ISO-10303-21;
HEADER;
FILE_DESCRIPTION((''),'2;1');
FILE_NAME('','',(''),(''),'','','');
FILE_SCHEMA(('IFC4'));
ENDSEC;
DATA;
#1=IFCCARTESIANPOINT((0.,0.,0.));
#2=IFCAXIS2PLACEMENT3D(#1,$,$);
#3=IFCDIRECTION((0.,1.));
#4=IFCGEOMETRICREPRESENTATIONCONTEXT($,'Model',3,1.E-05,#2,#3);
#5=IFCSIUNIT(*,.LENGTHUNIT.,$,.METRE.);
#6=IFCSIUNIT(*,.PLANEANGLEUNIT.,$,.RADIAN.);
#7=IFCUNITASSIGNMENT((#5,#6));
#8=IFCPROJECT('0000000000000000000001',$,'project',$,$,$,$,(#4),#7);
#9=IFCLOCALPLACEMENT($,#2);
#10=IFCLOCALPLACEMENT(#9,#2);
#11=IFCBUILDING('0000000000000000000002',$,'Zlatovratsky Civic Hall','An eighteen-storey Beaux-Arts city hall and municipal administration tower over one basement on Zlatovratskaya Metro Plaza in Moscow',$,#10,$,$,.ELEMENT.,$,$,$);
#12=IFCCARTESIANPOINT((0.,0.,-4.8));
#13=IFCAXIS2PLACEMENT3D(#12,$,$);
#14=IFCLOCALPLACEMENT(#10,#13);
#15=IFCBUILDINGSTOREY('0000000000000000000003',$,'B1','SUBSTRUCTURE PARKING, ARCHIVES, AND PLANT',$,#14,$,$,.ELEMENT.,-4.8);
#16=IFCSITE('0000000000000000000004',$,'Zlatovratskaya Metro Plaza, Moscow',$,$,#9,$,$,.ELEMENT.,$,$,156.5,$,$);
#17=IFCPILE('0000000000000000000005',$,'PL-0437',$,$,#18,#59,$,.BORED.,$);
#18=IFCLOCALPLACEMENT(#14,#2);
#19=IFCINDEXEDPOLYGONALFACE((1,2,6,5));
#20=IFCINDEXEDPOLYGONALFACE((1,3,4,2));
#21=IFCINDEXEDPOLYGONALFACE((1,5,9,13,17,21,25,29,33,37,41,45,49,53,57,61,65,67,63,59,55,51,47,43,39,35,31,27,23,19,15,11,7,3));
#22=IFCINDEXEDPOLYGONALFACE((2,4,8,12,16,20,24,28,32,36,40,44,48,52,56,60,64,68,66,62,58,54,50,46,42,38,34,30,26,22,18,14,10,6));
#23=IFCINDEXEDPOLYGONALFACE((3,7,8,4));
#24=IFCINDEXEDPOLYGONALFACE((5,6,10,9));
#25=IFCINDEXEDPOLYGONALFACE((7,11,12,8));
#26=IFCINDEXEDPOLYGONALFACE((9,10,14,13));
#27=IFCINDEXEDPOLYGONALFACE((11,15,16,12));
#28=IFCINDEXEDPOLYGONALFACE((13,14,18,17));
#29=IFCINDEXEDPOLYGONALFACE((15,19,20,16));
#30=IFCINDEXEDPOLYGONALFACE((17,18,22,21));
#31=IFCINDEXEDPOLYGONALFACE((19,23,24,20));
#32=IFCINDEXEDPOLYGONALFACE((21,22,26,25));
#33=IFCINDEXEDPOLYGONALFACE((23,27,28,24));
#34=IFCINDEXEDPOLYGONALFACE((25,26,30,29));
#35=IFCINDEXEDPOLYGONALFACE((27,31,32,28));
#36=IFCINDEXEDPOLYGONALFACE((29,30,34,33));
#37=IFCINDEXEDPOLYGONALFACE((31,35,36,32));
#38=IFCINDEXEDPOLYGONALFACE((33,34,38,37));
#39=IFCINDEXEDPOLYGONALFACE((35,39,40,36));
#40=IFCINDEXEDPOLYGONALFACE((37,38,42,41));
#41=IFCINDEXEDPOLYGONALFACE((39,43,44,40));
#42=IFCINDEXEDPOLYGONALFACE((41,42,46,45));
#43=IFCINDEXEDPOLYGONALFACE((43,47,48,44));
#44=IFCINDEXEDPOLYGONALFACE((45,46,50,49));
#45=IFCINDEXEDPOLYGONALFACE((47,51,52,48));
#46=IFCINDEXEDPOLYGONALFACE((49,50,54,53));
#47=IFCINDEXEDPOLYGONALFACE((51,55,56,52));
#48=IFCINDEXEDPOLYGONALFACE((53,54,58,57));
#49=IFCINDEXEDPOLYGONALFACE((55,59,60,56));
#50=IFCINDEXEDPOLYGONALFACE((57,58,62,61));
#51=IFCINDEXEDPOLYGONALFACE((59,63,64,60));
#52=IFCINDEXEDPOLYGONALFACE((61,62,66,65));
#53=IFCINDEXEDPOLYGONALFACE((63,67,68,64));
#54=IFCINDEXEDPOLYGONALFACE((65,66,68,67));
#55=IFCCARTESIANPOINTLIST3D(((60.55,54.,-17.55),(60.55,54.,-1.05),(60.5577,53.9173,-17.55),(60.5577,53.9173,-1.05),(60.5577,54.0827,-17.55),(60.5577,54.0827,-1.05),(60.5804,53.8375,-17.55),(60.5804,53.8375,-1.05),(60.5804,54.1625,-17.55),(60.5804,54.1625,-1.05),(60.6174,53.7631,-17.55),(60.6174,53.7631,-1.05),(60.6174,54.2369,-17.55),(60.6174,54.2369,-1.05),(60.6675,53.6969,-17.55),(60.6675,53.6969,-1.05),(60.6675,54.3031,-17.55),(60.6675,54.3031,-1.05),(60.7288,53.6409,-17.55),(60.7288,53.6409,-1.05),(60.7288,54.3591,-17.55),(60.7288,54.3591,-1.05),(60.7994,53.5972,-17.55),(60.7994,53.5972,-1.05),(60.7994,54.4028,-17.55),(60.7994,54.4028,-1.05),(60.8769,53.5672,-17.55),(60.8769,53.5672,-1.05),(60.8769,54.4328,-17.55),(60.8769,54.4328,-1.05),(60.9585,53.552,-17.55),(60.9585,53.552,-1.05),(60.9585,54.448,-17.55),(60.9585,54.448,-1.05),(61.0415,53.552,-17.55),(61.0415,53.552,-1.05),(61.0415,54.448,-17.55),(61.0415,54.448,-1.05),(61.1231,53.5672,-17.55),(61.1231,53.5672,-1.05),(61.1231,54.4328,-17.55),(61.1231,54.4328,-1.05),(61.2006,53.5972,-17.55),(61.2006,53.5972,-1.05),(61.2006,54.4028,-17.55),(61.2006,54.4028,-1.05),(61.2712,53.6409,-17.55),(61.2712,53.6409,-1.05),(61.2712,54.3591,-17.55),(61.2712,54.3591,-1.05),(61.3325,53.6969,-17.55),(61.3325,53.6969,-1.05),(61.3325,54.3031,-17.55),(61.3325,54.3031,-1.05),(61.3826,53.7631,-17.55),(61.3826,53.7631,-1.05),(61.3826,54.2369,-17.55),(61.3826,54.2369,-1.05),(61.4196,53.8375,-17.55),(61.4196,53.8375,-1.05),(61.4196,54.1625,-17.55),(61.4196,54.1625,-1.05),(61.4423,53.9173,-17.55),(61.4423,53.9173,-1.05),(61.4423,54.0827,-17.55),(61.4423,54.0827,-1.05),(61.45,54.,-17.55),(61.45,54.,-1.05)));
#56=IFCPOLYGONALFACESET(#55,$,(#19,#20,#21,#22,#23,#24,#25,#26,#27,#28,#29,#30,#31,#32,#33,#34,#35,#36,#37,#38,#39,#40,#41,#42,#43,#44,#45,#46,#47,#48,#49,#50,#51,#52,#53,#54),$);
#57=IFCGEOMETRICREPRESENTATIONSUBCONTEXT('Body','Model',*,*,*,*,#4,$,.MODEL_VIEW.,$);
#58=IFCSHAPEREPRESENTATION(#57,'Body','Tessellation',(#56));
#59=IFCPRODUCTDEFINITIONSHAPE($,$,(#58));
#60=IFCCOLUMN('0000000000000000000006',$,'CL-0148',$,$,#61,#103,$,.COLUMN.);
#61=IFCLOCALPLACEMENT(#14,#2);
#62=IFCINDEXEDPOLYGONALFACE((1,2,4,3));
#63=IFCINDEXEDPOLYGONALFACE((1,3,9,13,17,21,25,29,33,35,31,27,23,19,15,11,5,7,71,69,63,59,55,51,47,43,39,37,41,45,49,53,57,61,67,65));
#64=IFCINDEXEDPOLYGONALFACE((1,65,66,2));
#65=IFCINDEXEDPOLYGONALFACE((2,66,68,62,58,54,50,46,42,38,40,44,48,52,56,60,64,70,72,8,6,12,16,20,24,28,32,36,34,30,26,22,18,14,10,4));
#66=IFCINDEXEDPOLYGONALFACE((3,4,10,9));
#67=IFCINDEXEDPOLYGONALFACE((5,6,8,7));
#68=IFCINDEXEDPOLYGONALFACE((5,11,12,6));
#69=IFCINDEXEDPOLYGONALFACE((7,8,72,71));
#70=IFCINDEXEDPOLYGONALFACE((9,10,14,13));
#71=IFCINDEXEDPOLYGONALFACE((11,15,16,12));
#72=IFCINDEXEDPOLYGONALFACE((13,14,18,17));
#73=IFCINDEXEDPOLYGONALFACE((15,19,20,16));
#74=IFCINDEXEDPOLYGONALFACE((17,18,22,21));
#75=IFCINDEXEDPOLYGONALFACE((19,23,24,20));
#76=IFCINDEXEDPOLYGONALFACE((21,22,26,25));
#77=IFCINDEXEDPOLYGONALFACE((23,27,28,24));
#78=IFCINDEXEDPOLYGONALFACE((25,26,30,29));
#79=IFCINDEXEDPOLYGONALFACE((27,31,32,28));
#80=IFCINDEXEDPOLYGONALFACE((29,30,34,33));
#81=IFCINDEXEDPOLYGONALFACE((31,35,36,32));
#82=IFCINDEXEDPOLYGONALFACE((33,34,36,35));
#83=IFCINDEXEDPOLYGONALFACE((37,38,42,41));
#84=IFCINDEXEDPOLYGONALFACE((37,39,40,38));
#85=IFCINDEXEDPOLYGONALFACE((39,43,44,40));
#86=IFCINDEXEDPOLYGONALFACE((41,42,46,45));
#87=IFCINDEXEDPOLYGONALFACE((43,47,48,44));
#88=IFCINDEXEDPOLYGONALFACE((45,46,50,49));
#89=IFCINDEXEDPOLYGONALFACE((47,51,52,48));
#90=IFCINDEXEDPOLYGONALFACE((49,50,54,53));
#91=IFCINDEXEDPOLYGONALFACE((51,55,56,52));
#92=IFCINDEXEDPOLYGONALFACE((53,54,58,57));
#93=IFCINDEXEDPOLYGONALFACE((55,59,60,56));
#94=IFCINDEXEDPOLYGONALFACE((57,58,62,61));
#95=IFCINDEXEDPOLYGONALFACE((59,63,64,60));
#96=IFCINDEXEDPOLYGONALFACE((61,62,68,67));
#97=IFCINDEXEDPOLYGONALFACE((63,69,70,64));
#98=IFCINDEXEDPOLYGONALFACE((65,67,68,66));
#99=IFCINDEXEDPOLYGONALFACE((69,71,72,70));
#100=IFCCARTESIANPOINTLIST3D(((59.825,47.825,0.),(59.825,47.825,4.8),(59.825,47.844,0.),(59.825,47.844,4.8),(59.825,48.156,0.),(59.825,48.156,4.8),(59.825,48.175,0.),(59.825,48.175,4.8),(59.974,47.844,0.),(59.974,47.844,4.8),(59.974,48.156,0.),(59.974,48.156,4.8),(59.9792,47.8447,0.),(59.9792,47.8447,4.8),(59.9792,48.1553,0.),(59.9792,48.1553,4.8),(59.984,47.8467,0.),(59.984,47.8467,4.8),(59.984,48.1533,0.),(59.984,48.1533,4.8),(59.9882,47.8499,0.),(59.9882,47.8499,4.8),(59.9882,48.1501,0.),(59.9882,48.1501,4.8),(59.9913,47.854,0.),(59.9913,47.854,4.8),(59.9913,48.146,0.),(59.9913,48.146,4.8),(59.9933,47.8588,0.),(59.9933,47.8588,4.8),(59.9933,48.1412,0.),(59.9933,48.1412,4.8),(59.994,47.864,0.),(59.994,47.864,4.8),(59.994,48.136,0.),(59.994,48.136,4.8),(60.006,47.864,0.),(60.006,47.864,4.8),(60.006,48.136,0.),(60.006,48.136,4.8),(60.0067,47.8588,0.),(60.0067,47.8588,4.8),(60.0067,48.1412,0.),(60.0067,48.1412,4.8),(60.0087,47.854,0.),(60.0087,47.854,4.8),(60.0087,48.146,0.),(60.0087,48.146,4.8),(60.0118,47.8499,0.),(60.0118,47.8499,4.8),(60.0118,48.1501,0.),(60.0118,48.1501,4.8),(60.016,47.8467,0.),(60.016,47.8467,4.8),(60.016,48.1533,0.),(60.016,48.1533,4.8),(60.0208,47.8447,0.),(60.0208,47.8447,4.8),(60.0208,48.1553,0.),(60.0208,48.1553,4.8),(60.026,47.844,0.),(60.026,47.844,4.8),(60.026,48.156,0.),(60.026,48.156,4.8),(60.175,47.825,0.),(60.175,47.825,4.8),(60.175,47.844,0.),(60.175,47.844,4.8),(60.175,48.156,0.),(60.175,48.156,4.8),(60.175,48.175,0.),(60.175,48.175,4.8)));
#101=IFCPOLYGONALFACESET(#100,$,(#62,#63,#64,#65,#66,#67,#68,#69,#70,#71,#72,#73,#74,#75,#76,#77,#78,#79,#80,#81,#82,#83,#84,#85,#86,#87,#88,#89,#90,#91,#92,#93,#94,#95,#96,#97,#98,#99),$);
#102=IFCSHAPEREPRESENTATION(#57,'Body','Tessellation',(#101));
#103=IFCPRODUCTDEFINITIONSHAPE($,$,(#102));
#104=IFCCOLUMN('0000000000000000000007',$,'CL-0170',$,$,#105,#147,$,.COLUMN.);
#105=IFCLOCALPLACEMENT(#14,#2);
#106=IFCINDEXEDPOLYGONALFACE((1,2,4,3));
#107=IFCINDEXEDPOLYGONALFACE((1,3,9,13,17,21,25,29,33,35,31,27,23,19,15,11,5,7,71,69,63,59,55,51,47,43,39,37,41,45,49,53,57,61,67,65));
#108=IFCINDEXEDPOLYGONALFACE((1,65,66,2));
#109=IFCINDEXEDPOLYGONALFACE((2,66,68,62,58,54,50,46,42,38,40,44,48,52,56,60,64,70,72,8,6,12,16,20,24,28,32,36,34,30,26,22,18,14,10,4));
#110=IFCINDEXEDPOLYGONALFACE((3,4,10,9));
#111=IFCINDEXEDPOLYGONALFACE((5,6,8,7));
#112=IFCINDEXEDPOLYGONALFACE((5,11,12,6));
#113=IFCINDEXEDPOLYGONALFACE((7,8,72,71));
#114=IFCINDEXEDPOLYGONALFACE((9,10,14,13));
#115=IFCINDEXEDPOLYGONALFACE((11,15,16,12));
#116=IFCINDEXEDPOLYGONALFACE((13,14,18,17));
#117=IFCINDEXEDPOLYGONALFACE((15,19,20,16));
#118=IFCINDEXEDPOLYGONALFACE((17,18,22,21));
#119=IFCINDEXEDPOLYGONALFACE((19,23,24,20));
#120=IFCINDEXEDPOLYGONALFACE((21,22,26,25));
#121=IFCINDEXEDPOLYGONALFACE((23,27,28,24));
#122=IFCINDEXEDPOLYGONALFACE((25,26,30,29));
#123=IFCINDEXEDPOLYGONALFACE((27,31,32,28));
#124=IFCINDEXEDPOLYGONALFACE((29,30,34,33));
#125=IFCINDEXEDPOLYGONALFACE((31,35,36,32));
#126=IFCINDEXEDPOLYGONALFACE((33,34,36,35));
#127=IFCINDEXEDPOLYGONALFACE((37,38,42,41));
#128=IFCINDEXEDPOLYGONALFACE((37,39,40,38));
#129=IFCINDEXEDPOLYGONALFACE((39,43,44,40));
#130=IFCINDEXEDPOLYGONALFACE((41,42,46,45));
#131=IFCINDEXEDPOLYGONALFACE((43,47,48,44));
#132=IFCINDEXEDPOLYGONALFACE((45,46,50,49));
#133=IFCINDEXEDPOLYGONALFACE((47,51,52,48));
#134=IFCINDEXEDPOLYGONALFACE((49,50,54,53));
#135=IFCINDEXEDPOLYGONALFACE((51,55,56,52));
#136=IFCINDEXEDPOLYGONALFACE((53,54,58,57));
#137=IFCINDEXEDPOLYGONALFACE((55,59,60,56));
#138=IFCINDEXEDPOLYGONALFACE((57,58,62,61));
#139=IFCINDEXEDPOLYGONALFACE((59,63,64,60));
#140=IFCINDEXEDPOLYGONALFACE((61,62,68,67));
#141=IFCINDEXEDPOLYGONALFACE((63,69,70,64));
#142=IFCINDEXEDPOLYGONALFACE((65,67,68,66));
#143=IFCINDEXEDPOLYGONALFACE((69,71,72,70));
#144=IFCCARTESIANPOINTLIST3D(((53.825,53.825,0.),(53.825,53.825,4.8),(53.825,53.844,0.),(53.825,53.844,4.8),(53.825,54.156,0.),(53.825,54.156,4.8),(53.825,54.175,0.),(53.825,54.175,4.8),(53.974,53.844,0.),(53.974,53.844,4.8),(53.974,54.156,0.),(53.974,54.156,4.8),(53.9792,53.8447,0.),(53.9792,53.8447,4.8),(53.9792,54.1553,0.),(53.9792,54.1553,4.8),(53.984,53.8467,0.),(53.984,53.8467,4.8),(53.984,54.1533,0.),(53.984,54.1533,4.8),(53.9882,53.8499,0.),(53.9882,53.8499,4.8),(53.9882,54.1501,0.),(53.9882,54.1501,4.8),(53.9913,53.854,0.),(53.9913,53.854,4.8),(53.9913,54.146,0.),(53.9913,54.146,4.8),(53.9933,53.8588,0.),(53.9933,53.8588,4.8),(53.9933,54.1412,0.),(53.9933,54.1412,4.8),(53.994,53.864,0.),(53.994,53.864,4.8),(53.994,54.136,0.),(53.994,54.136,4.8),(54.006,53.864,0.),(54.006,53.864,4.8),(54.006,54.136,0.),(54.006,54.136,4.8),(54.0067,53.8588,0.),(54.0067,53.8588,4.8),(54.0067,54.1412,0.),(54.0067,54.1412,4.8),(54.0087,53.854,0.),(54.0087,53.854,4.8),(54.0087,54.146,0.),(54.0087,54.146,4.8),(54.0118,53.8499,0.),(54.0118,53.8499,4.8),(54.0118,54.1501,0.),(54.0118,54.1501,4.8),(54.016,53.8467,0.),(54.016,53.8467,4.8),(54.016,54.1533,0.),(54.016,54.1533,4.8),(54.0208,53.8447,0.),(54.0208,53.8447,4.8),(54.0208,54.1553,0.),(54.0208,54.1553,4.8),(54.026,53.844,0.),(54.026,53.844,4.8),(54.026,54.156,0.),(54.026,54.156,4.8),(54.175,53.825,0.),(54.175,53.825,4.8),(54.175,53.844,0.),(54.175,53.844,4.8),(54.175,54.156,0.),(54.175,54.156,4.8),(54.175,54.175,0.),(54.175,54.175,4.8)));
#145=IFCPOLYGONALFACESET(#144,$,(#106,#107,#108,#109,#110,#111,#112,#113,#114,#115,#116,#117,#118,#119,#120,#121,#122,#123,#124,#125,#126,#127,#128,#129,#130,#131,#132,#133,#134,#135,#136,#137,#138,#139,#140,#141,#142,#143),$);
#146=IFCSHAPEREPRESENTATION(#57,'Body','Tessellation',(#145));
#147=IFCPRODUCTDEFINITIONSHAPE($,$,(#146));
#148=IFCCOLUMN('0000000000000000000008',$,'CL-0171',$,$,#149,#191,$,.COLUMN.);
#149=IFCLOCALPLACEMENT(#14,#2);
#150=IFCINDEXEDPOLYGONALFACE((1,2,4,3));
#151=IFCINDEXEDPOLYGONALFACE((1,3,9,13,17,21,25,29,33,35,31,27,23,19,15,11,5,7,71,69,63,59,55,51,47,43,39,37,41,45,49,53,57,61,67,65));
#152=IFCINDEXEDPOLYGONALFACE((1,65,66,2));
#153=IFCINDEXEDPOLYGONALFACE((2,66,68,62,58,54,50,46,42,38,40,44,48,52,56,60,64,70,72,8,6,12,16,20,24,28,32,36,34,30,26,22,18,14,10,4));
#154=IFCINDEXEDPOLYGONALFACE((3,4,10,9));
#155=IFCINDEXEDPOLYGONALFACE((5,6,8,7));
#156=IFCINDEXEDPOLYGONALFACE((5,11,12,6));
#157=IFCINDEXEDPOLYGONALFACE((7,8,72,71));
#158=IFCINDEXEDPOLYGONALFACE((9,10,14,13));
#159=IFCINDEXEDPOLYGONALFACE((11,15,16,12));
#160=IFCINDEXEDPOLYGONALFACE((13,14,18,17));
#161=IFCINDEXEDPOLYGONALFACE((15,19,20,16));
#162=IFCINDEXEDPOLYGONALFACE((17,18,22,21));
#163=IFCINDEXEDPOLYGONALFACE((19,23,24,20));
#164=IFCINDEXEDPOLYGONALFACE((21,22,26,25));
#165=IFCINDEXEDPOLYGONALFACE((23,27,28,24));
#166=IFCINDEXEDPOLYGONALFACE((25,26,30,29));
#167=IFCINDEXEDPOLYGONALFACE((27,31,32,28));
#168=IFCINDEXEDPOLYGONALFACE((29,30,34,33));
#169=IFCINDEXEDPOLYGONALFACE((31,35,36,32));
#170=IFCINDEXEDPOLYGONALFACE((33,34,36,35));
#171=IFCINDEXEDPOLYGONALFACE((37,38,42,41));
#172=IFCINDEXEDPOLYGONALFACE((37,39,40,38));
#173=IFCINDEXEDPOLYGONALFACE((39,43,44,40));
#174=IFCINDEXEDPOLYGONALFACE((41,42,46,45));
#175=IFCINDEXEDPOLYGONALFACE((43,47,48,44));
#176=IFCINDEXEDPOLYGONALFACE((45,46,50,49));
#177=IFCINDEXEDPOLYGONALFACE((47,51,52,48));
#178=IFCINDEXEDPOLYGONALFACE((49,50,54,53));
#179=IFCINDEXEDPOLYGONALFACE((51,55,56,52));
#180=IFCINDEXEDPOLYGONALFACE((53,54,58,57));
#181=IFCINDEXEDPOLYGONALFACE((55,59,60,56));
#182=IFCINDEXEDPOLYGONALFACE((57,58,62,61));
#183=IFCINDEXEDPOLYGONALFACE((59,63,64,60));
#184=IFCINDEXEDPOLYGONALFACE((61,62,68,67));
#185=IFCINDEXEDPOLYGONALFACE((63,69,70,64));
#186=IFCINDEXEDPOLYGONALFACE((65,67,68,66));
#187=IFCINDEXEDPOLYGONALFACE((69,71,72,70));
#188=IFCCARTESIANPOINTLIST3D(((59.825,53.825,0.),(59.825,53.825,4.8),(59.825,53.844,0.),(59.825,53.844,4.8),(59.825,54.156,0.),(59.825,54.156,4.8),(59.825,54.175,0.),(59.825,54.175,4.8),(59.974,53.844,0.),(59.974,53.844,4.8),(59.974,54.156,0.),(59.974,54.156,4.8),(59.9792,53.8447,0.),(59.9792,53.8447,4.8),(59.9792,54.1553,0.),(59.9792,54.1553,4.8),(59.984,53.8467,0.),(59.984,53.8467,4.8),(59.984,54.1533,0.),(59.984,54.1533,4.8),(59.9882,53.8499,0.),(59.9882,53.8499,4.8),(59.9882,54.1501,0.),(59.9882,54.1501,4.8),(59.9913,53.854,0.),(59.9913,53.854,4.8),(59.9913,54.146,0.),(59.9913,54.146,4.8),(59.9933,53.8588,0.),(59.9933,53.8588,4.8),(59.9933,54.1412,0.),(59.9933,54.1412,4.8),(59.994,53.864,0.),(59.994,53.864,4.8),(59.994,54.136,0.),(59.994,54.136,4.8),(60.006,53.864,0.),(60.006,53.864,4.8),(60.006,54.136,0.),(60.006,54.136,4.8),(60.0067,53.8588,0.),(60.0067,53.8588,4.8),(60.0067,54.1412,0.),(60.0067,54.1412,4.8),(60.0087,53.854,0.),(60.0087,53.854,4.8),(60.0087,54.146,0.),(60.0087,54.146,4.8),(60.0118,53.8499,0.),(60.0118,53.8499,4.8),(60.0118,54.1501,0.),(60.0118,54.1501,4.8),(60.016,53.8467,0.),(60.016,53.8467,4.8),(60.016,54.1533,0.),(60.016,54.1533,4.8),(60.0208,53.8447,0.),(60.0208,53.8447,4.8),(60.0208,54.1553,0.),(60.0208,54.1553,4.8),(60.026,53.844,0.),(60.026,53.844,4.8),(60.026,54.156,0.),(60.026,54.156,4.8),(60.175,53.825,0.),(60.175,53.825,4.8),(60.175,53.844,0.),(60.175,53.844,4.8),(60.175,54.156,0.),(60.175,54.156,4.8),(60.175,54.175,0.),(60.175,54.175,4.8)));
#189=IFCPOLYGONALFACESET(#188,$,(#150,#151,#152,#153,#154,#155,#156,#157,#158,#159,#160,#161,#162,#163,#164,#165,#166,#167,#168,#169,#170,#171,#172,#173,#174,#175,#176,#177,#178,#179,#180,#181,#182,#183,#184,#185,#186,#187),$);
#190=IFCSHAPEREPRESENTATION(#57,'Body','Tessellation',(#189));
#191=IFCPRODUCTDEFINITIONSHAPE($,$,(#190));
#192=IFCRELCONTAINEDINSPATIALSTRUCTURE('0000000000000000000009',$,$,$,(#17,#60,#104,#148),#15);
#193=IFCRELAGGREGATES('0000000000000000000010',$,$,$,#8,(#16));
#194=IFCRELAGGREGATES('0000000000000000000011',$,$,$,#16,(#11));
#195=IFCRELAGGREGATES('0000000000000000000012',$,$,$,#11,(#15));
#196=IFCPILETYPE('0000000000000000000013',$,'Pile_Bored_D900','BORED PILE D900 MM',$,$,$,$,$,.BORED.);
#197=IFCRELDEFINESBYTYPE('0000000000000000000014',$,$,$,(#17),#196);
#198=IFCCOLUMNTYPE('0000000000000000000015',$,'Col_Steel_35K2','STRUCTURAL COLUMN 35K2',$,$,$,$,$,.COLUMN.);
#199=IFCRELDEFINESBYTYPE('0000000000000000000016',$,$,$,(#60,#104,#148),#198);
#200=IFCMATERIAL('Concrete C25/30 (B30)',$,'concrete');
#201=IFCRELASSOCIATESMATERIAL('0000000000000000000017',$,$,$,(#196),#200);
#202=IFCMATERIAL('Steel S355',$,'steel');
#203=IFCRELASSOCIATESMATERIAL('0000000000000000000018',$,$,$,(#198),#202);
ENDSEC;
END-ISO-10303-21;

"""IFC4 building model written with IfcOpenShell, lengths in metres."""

from ifc_helpers import new_model, si_unit, direction, frame, origin, origin_2d, place, context, subcontext, project, spatial, circle, i_section, extrude, material, material_profile, profile_set, type_object, element, save


model = new_model("IFC4")

# Units and contexts
model_context = context("Model", 3, precision=1e-05, world=origin(), true_north=direction((0.0, 1.0)))
body_context = subcontext(model_context, "Body", "Model", "MODEL_VIEW")
ifc_project = project(units=[si_unit("LENGTHUNIT", "METRE"), si_unit("PLANEANGLEUNIT", "RADIAN")], contexts=[model_context])

# Site, building, storey
site_placement = place(None, origin())
site = spatial("IfcSite", under=ifc_project, at=site_placement, Name="Zlatovratskaya Metro Plaza, Moscow", CompositionType="ELEMENT", RefElevation=156.5)
building_placement = place(site_placement, origin())
building = spatial("IfcBuilding", under=site, at=building_placement, Name="Zlatovratsky Civic Hall", Description="An eighteen-storey Beaux-Arts city hall and municipal administration tower over one basement on Zlatovratskaya Metro Plaza in Moscow", CompositionType="ELEMENT")
storey_placement = place(building_placement, frame((0.0, 0.0, -4.8)))
storey = spatial("IfcBuildingStorey", under=building, at=storey_placement, Name="B1", Description="SUBSTRUCTURE PARKING, ARCHIVES, AND PLANT", CompositionType="ELEMENT", Elevation=-4.8)

# Shared definitions
ifc_material_1 = material(Name="Concrete C25/30 (B30)", Category="concrete")

# Pile
ifc_material_profile_1 = material_profile(ifc_material_1, circle(Radius=0.45, at=origin_2d()), Name="PILE D900")
ifc_profile_set_1 = profile_set([ifc_material_profile_1], Name="Concrete C25/30 (B30)")
pile_type_1 = type_object("IfcPileType", Name="Pile_Bored_D900", Description="BORED PILE D900 MM", PredefinedType="BORED", material=ifc_profile_set_1)
for number, where, z_axis, x_axis, name in (
    (1, (61.0, 54.0, -1.05), (0.0, 0.0, -1.0), (1.0, 0.0, 0.0), "PL-0437"),
):
    element("IfcPile", number, at=place(storey_placement, frame(where, z_axis=z_axis, x_axis=x_axis)), inside=storey, type_object=pile_type_1, Name=name, PredefinedType="BORED", context=body_context, shape_type="SweptSolid", body=[
        extrude(circle(Radius=0.45, at=origin_2d()), origin(), (0.0, 0.0, 1.0), 16.5),
    ])

# Columns
ifc_material_2 = material(Name="Steel S355", Category="steel")
ifc_material_profile_2 = material_profile(ifc_material_2, i_section(OverallWidth=0.3501, OverallDepth=0.3501, WebThickness=0.012, FlangeThickness=0.019, FilletRadius=0.02, at=origin_2d()), Name="35K2")
ifc_profile_set_2 = profile_set([ifc_material_profile_2], Name="Steel S355")
column_type = type_object("IfcColumnType", Name="Col_Steel_35K2", Description="STRUCTURAL COLUMN 35K2", PredefinedType="COLUMN", material=ifc_profile_set_2)
for number, where, z_axis, x_axis, name in (
    (2, (60.0, 48.0, 0.0), (0.0, 0.0, 1.0), (1.0, 0.0, 0.0), "CL-0148"),
    (3, (54.0, 54.0, 0.0), (0.0, 0.0, 1.0), (1.0, 0.0, 0.0), "CL-0170"),
    (4, (60.0, 54.0, 0.0), (0.0, 0.0, 1.0), (1.0, 0.0, 0.0), "CL-0171"),
):
    element("IfcColumn", number, at=place(storey_placement, frame(where, z_axis=z_axis, x_axis=x_axis)), inside=storey, type_object=column_type, Name=name, PredefinedType="COLUMN", context=body_context, shape_type="SweptSolid", body=[
        extrude(i_section(OverallWidth=0.3501, OverallDepth=0.3501, WebThickness=0.012, FlangeThickness=0.019, FilletRadius=0.02, at=origin_2d()), origin(), (0.0, 0.0, 1.0), 4.8),
    ])

save(model, "model.ifc")
